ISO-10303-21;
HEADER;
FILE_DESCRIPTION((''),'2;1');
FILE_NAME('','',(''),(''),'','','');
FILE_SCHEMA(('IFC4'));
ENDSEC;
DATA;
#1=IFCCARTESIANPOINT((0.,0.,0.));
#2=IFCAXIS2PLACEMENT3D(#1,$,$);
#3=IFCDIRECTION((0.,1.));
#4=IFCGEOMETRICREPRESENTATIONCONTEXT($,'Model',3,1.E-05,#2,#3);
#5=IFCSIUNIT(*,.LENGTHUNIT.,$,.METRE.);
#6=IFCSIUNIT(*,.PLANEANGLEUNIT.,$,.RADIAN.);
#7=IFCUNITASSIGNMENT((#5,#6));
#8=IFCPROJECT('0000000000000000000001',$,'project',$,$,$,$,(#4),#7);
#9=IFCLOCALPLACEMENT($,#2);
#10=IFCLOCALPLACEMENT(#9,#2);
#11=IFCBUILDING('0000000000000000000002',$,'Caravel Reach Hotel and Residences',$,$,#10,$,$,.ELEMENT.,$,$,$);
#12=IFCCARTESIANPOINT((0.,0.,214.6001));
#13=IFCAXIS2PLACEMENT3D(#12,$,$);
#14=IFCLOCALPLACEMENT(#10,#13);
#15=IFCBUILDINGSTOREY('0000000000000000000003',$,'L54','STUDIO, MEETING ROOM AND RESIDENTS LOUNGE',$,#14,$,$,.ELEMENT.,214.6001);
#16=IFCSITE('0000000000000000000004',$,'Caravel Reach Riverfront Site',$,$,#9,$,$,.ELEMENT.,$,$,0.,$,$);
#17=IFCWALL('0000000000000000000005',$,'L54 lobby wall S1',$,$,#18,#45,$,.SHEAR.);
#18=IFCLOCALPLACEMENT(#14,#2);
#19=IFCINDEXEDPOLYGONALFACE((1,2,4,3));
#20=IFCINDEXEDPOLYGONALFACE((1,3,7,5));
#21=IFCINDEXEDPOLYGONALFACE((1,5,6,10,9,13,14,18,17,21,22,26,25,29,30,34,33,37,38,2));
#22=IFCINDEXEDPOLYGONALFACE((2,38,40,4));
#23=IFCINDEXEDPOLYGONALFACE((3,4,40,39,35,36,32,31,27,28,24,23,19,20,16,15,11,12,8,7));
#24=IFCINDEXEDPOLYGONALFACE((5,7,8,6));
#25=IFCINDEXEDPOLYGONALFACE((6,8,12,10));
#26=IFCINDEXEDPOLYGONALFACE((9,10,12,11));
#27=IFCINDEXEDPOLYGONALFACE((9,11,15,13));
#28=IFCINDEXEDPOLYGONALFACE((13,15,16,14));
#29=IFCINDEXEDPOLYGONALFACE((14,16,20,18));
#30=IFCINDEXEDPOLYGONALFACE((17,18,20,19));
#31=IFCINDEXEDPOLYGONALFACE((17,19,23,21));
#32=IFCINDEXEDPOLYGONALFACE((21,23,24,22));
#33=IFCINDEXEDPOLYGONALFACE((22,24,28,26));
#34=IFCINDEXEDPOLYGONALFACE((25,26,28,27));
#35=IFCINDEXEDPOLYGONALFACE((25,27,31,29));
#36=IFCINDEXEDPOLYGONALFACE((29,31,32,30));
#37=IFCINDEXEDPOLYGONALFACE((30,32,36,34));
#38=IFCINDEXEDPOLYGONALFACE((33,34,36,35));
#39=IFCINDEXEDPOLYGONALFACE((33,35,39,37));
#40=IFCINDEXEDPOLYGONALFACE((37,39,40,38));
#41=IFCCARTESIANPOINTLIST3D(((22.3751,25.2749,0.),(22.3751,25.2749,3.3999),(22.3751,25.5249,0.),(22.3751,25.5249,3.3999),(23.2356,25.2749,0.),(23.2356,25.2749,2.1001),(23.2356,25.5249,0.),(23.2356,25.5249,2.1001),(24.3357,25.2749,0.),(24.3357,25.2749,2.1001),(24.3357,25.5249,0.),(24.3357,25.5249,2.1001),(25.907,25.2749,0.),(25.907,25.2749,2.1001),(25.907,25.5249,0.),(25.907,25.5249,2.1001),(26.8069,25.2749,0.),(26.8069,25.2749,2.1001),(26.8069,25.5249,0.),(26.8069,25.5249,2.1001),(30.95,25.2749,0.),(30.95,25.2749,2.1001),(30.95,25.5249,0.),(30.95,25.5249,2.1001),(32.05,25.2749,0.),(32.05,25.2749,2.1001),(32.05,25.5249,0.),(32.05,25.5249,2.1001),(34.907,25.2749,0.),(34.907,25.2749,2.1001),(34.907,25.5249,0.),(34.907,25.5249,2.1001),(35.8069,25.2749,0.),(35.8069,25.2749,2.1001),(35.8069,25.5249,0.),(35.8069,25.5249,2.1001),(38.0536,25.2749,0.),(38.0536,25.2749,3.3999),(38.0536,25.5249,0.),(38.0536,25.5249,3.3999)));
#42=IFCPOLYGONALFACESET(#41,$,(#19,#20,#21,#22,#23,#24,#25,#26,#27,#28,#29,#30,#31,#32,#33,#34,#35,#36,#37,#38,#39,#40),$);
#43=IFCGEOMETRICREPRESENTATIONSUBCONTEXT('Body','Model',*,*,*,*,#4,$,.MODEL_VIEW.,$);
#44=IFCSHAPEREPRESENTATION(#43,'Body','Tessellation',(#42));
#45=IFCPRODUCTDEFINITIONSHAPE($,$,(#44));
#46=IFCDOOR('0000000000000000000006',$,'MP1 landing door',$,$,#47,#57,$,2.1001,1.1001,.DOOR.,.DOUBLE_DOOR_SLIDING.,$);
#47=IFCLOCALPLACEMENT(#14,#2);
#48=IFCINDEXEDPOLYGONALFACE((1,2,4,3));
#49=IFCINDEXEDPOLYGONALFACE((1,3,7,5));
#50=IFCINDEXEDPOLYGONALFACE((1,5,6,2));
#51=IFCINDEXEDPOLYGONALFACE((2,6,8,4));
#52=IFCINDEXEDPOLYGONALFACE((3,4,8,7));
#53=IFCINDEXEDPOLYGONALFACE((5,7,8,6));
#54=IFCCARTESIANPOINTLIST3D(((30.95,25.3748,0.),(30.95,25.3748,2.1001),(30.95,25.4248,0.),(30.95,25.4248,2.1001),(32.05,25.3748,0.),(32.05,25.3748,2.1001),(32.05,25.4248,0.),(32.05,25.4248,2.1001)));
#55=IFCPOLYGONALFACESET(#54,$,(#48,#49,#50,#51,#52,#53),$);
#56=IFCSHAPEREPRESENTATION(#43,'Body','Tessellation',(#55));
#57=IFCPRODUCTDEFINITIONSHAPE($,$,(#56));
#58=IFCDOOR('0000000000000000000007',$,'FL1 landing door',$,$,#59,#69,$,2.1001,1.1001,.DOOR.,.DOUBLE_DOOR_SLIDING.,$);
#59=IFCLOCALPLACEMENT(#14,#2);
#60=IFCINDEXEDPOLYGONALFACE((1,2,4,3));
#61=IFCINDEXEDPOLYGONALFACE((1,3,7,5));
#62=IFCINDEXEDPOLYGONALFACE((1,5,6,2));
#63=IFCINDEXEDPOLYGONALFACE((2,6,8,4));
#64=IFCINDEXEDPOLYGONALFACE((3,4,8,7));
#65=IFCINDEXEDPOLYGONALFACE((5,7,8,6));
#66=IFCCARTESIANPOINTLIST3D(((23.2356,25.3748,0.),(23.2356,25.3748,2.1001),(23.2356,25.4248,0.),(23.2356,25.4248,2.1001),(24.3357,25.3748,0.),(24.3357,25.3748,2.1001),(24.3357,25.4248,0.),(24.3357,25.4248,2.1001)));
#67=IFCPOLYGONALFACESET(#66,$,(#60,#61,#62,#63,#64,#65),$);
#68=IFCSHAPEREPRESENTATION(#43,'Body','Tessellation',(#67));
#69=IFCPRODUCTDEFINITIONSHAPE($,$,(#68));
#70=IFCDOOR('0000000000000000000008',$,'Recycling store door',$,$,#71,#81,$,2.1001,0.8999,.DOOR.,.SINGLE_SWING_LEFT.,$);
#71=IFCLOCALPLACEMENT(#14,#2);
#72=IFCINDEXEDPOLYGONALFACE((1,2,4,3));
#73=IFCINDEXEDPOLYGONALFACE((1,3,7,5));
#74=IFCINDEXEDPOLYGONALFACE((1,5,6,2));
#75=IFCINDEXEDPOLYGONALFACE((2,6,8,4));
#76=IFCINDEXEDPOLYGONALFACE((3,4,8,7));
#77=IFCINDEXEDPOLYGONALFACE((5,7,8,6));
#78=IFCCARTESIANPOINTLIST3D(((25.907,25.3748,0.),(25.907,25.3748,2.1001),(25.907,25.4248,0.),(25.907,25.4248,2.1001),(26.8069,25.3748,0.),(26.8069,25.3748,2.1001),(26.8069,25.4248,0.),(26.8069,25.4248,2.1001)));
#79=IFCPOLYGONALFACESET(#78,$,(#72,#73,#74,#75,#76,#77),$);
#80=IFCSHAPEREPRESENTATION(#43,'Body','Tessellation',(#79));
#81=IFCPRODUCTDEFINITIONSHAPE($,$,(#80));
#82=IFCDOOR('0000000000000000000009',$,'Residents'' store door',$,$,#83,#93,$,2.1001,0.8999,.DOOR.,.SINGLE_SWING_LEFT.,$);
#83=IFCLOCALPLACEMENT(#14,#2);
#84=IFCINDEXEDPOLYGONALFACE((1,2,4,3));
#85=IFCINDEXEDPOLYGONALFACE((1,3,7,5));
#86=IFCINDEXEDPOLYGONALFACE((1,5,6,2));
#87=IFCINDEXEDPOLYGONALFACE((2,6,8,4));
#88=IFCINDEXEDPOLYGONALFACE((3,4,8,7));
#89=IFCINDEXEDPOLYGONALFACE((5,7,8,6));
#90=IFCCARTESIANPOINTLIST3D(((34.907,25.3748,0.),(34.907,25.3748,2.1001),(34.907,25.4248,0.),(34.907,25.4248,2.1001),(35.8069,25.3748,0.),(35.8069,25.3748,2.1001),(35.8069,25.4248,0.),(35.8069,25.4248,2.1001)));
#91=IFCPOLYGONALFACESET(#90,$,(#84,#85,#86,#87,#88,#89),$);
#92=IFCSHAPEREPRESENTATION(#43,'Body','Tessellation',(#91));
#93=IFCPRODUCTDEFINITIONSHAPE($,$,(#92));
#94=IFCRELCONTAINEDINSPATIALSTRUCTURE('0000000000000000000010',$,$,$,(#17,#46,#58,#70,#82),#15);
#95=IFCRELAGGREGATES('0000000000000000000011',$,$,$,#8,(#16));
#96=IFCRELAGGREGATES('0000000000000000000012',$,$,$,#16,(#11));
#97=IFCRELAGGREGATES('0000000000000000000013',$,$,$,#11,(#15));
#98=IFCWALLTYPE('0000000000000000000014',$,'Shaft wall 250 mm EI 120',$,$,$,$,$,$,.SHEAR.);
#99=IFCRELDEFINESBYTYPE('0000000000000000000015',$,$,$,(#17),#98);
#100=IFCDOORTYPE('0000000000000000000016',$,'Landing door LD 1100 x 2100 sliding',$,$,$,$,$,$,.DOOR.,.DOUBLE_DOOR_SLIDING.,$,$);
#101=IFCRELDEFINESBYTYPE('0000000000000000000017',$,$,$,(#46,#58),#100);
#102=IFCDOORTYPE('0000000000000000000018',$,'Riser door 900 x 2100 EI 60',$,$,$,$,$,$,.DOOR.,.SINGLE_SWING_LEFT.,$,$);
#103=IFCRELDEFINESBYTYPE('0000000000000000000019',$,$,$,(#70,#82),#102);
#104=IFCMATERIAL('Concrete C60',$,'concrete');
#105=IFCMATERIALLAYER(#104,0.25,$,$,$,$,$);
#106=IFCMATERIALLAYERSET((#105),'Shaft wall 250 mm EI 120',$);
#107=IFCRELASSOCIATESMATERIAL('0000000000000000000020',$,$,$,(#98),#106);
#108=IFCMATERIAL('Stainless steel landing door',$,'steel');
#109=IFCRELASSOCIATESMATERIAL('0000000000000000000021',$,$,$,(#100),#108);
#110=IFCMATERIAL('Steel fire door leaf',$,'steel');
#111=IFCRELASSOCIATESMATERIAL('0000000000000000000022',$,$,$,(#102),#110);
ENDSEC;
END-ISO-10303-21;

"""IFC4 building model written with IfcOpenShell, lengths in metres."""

from ifc_helpers import new_model, si_unit, direction, frame, frame_2d, origin, place, context, subcontext, project, spatial, rectangle, extrude, material, layer, layer_set, type_object, element, fill, save


model = new_model("IFC4")

# Units and contexts
model_context = context("Model", 3, precision=1e-05, world=origin(), true_north=direction((0.0, 1.0)))
body_context = subcontext(model_context, "Body", "Model", "MODEL_VIEW")
ifc_project = project(units=[si_unit("LENGTHUNIT", "METRE"), si_unit("PLANEANGLEUNIT", "RADIAN")], contexts=[model_context])

# Site, building, storey
site_placement = place(None, origin())
site = spatial("IfcSite", under=ifc_project, at=site_placement, Name="Caravel Reach Riverfront Site", CompositionType="ELEMENT", RefElevation=0.0)
building_placement = place(site_placement, origin())
building = spatial("IfcBuilding", under=site, at=building_placement, Name="Caravel Reach Hotel and Residences", CompositionType="ELEMENT")
storey_placement = place(building_placement, frame((0.0, 0.0, 214.6001)))
storey = spatial("IfcBuildingStorey", under=building, at=storey_placement, Name="L54", Description="STUDIO, MEETING ROOM AND RESIDENTS LOUNGE", CompositionType="ELEMENT", Elevation=214.6001)

# Wall, openings, doors
ifc_material_1 = material(Name="Concrete C60", Category="concrete")
ifc_layer_1 = layer(ifc_material_1, 0.25)
ifc_layer_set_1 = layer_set([ifc_layer_1], Name="Shaft wall 250 mm EI 120")
wall_type_1 = type_object("IfcWallType", Name="Shaft wall 250 mm EI 120", PredefinedType="SHEAR", material=ifc_layer_set_1)
wall_1_placement = place(storey_placement, frame((22.375, 25.3999, 0.0), z_axis=(0.0, 0.0, 1.0), x_axis=(1.0, 0.0, 0.0)))
wall_1 = element("IfcWall", 1, at=wall_1_placement, inside=storey, type_object=wall_type_1, Name="L54 lobby wall S1", PredefinedType="SHEAR", context=body_context, shape_type="SweptSolid", body=[
    extrude(rectangle(XDim=15.6785, YDim=0.25, at=frame_2d((7.8394, 0.0))), origin(), (0.0, 0.0, 1.0), 3.3999),
])
opening_1_placement = place(wall_1_placement, frame((8.575, 0.0, 0.0)))
opening_1 = element("IfcOpeningElement", 2, at=opening_1_placement, cuts=wall_1, PredefinedType="OPENING", context=body_context, shape_type="SweptSolid", body=[
    extrude(rectangle(XDim=1.1001, YDim=2.1001, at=frame_2d((0.55, 1.05))), frame((0.0, 0.135, 0.0), z_axis=(0.0, -1.0, 0.0), x_axis=(1.0, 0.0, 0.0)), (0.0, 0.0, 1.0), 0.27),
])
opening_2_placement = place(wall_1_placement, frame((0.8606, 0.0, 0.0)))
opening_2 = element("IfcOpeningElement", 3, at=opening_2_placement, cuts=wall_1, PredefinedType="OPENING", context=body_context, shape_type="SweptSolid", body=[
    extrude(rectangle(XDim=1.1001, YDim=2.1001, at=frame_2d((0.55, 1.05))), frame((0.0, 0.135, 0.0), z_axis=(0.0, -1.0, 0.0), x_axis=(1.0, 0.0, 0.0)), (0.0, 0.0, 1.0), 0.27),
])
opening_3_placement = place(wall_1_placement, frame((3.532, 0.0, 0.0)))
opening_3 = element("IfcOpeningElement", 4, at=opening_3_placement, cuts=wall_1, PredefinedType="OPENING", context=body_context, shape_type="SweptSolid", body=[
    extrude(rectangle(XDim=0.8999, YDim=2.1001, at=frame_2d((0.45, 1.05))), frame((0.0, 0.135, 0.0), z_axis=(0.0, -1.0, 0.0), x_axis=(1.0, 0.0, 0.0)), (0.0, 0.0, 1.0), 0.27),
])
opening_4_placement = place(wall_1_placement, frame((12.532, 0.0, 0.0)))
opening_4 = element("IfcOpeningElement", 5, at=opening_4_placement, cuts=wall_1, PredefinedType="OPENING", context=body_context, shape_type="SweptSolid", body=[
    extrude(rectangle(XDim=0.8999, YDim=2.1001, at=frame_2d((0.45, 1.05))), frame((0.0, 0.135, 0.0), z_axis=(0.0, -1.0, 0.0), x_axis=(1.0, 0.0, 0.0)), (0.0, 0.0, 1.0), 0.27),
])
ifc_material_2 = material(Name="Stainless steel landing door", Category="steel")
door_type_1 = type_object("IfcDoorType", Name="Landing door LD 1100 x 2100 sliding", OperationType="DOUBLE_DOOR_SLIDING", PredefinedType="DOOR", material=ifc_material_2)
door_1_placement = place(opening_1_placement, origin())
door_1 = element("IfcDoor", 6, at=door_1_placement, inside=storey, type_object=door_type_1, Name="MP1 landing door", OperationType="DOUBLE_DOOR_SLIDING", OverallHeight=2.1001, OverallWidth=1.1001, PredefinedType="DOOR", context=body_context, shape_type="SweptSolid", body=[
    extrude(rectangle(XDim=1.1001, YDim=2.1001, at=frame_2d((0.55, 1.05))), frame((0.0, 0.0249, 0.0), z_axis=(0.0, -1.0, 0.0), x_axis=(1.0, 0.0, 0.0)), (0.0, 0.0, 1.0), 0.05),
])
fill(opening_1, door_1)
door_2_placement = place(opening_2_placement, origin())
door_2 = element("IfcDoor", 7, at=door_2_placement, inside=storey, type_object=door_type_1, Name="FL1 landing door", OperationType="DOUBLE_DOOR_SLIDING", OverallHeight=2.1001, OverallWidth=1.1001, PredefinedType="DOOR", context=body_context, shape_type="SweptSolid", body=[
    extrude(rectangle(XDim=1.1001, YDim=2.1001, at=frame_2d((0.55, 1.05))), frame((0.0, 0.0249, 0.0), z_axis=(0.0, -1.0, 0.0), x_axis=(1.0, 0.0, 0.0)), (0.0, 0.0, 1.0), 0.05),
])
fill(opening_2, door_2)
ifc_material_3 = material(Name="Steel fire door leaf", Category="steel")
door_type_2 = type_object("IfcDoorType", Name="Riser door 900 x 2100 EI 60", OperationType="SINGLE_SWING_LEFT", PredefinedType="DOOR", material=ifc_material_3)
door_3_placement = place(opening_3_placement, origin())
door_3 = element("IfcDoor", 8, at=door_3_placement, inside=storey, type_object=door_type_2, Name="Recycling store door", OperationType="SINGLE_SWING_LEFT", OverallHeight=2.1001, OverallWidth=0.8999, PredefinedType="DOOR", context=body_context, shape_type="SweptSolid", body=[
    extrude(rectangle(XDim=0.8999, YDim=2.1001, at=frame_2d((0.45, 1.05))), frame((0.0, 0.0249, 0.0), z_axis=(0.0, -1.0, 0.0), x_axis=(1.0, 0.0, 0.0)), (0.0, 0.0, 1.0), 0.05),
])
fill(opening_3, door_3)
door_4_placement = place(opening_4_placement, origin())
door_4 = element("IfcDoor", 9, at=door_4_placement, inside=storey, type_object=door_type_2, Name="Residents' store door", OperationType="SINGLE_SWING_LEFT", OverallHeight=2.1001, OverallWidth=0.8999, PredefinedType="DOOR", context=body_context, shape_type="SweptSolid", body=[
    extrude(rectangle(XDim=0.8999, YDim=2.1001, at=frame_2d((0.45, 1.05))), frame((0.0, 0.0249, 0.0), z_axis=(0.0, -1.0, 0.0), x_axis=(1.0, 0.0, 0.0)), (0.0, 0.0, 1.0), 0.05),
])
fill(opening_4, door_4)

save(model, "model.ifc")
